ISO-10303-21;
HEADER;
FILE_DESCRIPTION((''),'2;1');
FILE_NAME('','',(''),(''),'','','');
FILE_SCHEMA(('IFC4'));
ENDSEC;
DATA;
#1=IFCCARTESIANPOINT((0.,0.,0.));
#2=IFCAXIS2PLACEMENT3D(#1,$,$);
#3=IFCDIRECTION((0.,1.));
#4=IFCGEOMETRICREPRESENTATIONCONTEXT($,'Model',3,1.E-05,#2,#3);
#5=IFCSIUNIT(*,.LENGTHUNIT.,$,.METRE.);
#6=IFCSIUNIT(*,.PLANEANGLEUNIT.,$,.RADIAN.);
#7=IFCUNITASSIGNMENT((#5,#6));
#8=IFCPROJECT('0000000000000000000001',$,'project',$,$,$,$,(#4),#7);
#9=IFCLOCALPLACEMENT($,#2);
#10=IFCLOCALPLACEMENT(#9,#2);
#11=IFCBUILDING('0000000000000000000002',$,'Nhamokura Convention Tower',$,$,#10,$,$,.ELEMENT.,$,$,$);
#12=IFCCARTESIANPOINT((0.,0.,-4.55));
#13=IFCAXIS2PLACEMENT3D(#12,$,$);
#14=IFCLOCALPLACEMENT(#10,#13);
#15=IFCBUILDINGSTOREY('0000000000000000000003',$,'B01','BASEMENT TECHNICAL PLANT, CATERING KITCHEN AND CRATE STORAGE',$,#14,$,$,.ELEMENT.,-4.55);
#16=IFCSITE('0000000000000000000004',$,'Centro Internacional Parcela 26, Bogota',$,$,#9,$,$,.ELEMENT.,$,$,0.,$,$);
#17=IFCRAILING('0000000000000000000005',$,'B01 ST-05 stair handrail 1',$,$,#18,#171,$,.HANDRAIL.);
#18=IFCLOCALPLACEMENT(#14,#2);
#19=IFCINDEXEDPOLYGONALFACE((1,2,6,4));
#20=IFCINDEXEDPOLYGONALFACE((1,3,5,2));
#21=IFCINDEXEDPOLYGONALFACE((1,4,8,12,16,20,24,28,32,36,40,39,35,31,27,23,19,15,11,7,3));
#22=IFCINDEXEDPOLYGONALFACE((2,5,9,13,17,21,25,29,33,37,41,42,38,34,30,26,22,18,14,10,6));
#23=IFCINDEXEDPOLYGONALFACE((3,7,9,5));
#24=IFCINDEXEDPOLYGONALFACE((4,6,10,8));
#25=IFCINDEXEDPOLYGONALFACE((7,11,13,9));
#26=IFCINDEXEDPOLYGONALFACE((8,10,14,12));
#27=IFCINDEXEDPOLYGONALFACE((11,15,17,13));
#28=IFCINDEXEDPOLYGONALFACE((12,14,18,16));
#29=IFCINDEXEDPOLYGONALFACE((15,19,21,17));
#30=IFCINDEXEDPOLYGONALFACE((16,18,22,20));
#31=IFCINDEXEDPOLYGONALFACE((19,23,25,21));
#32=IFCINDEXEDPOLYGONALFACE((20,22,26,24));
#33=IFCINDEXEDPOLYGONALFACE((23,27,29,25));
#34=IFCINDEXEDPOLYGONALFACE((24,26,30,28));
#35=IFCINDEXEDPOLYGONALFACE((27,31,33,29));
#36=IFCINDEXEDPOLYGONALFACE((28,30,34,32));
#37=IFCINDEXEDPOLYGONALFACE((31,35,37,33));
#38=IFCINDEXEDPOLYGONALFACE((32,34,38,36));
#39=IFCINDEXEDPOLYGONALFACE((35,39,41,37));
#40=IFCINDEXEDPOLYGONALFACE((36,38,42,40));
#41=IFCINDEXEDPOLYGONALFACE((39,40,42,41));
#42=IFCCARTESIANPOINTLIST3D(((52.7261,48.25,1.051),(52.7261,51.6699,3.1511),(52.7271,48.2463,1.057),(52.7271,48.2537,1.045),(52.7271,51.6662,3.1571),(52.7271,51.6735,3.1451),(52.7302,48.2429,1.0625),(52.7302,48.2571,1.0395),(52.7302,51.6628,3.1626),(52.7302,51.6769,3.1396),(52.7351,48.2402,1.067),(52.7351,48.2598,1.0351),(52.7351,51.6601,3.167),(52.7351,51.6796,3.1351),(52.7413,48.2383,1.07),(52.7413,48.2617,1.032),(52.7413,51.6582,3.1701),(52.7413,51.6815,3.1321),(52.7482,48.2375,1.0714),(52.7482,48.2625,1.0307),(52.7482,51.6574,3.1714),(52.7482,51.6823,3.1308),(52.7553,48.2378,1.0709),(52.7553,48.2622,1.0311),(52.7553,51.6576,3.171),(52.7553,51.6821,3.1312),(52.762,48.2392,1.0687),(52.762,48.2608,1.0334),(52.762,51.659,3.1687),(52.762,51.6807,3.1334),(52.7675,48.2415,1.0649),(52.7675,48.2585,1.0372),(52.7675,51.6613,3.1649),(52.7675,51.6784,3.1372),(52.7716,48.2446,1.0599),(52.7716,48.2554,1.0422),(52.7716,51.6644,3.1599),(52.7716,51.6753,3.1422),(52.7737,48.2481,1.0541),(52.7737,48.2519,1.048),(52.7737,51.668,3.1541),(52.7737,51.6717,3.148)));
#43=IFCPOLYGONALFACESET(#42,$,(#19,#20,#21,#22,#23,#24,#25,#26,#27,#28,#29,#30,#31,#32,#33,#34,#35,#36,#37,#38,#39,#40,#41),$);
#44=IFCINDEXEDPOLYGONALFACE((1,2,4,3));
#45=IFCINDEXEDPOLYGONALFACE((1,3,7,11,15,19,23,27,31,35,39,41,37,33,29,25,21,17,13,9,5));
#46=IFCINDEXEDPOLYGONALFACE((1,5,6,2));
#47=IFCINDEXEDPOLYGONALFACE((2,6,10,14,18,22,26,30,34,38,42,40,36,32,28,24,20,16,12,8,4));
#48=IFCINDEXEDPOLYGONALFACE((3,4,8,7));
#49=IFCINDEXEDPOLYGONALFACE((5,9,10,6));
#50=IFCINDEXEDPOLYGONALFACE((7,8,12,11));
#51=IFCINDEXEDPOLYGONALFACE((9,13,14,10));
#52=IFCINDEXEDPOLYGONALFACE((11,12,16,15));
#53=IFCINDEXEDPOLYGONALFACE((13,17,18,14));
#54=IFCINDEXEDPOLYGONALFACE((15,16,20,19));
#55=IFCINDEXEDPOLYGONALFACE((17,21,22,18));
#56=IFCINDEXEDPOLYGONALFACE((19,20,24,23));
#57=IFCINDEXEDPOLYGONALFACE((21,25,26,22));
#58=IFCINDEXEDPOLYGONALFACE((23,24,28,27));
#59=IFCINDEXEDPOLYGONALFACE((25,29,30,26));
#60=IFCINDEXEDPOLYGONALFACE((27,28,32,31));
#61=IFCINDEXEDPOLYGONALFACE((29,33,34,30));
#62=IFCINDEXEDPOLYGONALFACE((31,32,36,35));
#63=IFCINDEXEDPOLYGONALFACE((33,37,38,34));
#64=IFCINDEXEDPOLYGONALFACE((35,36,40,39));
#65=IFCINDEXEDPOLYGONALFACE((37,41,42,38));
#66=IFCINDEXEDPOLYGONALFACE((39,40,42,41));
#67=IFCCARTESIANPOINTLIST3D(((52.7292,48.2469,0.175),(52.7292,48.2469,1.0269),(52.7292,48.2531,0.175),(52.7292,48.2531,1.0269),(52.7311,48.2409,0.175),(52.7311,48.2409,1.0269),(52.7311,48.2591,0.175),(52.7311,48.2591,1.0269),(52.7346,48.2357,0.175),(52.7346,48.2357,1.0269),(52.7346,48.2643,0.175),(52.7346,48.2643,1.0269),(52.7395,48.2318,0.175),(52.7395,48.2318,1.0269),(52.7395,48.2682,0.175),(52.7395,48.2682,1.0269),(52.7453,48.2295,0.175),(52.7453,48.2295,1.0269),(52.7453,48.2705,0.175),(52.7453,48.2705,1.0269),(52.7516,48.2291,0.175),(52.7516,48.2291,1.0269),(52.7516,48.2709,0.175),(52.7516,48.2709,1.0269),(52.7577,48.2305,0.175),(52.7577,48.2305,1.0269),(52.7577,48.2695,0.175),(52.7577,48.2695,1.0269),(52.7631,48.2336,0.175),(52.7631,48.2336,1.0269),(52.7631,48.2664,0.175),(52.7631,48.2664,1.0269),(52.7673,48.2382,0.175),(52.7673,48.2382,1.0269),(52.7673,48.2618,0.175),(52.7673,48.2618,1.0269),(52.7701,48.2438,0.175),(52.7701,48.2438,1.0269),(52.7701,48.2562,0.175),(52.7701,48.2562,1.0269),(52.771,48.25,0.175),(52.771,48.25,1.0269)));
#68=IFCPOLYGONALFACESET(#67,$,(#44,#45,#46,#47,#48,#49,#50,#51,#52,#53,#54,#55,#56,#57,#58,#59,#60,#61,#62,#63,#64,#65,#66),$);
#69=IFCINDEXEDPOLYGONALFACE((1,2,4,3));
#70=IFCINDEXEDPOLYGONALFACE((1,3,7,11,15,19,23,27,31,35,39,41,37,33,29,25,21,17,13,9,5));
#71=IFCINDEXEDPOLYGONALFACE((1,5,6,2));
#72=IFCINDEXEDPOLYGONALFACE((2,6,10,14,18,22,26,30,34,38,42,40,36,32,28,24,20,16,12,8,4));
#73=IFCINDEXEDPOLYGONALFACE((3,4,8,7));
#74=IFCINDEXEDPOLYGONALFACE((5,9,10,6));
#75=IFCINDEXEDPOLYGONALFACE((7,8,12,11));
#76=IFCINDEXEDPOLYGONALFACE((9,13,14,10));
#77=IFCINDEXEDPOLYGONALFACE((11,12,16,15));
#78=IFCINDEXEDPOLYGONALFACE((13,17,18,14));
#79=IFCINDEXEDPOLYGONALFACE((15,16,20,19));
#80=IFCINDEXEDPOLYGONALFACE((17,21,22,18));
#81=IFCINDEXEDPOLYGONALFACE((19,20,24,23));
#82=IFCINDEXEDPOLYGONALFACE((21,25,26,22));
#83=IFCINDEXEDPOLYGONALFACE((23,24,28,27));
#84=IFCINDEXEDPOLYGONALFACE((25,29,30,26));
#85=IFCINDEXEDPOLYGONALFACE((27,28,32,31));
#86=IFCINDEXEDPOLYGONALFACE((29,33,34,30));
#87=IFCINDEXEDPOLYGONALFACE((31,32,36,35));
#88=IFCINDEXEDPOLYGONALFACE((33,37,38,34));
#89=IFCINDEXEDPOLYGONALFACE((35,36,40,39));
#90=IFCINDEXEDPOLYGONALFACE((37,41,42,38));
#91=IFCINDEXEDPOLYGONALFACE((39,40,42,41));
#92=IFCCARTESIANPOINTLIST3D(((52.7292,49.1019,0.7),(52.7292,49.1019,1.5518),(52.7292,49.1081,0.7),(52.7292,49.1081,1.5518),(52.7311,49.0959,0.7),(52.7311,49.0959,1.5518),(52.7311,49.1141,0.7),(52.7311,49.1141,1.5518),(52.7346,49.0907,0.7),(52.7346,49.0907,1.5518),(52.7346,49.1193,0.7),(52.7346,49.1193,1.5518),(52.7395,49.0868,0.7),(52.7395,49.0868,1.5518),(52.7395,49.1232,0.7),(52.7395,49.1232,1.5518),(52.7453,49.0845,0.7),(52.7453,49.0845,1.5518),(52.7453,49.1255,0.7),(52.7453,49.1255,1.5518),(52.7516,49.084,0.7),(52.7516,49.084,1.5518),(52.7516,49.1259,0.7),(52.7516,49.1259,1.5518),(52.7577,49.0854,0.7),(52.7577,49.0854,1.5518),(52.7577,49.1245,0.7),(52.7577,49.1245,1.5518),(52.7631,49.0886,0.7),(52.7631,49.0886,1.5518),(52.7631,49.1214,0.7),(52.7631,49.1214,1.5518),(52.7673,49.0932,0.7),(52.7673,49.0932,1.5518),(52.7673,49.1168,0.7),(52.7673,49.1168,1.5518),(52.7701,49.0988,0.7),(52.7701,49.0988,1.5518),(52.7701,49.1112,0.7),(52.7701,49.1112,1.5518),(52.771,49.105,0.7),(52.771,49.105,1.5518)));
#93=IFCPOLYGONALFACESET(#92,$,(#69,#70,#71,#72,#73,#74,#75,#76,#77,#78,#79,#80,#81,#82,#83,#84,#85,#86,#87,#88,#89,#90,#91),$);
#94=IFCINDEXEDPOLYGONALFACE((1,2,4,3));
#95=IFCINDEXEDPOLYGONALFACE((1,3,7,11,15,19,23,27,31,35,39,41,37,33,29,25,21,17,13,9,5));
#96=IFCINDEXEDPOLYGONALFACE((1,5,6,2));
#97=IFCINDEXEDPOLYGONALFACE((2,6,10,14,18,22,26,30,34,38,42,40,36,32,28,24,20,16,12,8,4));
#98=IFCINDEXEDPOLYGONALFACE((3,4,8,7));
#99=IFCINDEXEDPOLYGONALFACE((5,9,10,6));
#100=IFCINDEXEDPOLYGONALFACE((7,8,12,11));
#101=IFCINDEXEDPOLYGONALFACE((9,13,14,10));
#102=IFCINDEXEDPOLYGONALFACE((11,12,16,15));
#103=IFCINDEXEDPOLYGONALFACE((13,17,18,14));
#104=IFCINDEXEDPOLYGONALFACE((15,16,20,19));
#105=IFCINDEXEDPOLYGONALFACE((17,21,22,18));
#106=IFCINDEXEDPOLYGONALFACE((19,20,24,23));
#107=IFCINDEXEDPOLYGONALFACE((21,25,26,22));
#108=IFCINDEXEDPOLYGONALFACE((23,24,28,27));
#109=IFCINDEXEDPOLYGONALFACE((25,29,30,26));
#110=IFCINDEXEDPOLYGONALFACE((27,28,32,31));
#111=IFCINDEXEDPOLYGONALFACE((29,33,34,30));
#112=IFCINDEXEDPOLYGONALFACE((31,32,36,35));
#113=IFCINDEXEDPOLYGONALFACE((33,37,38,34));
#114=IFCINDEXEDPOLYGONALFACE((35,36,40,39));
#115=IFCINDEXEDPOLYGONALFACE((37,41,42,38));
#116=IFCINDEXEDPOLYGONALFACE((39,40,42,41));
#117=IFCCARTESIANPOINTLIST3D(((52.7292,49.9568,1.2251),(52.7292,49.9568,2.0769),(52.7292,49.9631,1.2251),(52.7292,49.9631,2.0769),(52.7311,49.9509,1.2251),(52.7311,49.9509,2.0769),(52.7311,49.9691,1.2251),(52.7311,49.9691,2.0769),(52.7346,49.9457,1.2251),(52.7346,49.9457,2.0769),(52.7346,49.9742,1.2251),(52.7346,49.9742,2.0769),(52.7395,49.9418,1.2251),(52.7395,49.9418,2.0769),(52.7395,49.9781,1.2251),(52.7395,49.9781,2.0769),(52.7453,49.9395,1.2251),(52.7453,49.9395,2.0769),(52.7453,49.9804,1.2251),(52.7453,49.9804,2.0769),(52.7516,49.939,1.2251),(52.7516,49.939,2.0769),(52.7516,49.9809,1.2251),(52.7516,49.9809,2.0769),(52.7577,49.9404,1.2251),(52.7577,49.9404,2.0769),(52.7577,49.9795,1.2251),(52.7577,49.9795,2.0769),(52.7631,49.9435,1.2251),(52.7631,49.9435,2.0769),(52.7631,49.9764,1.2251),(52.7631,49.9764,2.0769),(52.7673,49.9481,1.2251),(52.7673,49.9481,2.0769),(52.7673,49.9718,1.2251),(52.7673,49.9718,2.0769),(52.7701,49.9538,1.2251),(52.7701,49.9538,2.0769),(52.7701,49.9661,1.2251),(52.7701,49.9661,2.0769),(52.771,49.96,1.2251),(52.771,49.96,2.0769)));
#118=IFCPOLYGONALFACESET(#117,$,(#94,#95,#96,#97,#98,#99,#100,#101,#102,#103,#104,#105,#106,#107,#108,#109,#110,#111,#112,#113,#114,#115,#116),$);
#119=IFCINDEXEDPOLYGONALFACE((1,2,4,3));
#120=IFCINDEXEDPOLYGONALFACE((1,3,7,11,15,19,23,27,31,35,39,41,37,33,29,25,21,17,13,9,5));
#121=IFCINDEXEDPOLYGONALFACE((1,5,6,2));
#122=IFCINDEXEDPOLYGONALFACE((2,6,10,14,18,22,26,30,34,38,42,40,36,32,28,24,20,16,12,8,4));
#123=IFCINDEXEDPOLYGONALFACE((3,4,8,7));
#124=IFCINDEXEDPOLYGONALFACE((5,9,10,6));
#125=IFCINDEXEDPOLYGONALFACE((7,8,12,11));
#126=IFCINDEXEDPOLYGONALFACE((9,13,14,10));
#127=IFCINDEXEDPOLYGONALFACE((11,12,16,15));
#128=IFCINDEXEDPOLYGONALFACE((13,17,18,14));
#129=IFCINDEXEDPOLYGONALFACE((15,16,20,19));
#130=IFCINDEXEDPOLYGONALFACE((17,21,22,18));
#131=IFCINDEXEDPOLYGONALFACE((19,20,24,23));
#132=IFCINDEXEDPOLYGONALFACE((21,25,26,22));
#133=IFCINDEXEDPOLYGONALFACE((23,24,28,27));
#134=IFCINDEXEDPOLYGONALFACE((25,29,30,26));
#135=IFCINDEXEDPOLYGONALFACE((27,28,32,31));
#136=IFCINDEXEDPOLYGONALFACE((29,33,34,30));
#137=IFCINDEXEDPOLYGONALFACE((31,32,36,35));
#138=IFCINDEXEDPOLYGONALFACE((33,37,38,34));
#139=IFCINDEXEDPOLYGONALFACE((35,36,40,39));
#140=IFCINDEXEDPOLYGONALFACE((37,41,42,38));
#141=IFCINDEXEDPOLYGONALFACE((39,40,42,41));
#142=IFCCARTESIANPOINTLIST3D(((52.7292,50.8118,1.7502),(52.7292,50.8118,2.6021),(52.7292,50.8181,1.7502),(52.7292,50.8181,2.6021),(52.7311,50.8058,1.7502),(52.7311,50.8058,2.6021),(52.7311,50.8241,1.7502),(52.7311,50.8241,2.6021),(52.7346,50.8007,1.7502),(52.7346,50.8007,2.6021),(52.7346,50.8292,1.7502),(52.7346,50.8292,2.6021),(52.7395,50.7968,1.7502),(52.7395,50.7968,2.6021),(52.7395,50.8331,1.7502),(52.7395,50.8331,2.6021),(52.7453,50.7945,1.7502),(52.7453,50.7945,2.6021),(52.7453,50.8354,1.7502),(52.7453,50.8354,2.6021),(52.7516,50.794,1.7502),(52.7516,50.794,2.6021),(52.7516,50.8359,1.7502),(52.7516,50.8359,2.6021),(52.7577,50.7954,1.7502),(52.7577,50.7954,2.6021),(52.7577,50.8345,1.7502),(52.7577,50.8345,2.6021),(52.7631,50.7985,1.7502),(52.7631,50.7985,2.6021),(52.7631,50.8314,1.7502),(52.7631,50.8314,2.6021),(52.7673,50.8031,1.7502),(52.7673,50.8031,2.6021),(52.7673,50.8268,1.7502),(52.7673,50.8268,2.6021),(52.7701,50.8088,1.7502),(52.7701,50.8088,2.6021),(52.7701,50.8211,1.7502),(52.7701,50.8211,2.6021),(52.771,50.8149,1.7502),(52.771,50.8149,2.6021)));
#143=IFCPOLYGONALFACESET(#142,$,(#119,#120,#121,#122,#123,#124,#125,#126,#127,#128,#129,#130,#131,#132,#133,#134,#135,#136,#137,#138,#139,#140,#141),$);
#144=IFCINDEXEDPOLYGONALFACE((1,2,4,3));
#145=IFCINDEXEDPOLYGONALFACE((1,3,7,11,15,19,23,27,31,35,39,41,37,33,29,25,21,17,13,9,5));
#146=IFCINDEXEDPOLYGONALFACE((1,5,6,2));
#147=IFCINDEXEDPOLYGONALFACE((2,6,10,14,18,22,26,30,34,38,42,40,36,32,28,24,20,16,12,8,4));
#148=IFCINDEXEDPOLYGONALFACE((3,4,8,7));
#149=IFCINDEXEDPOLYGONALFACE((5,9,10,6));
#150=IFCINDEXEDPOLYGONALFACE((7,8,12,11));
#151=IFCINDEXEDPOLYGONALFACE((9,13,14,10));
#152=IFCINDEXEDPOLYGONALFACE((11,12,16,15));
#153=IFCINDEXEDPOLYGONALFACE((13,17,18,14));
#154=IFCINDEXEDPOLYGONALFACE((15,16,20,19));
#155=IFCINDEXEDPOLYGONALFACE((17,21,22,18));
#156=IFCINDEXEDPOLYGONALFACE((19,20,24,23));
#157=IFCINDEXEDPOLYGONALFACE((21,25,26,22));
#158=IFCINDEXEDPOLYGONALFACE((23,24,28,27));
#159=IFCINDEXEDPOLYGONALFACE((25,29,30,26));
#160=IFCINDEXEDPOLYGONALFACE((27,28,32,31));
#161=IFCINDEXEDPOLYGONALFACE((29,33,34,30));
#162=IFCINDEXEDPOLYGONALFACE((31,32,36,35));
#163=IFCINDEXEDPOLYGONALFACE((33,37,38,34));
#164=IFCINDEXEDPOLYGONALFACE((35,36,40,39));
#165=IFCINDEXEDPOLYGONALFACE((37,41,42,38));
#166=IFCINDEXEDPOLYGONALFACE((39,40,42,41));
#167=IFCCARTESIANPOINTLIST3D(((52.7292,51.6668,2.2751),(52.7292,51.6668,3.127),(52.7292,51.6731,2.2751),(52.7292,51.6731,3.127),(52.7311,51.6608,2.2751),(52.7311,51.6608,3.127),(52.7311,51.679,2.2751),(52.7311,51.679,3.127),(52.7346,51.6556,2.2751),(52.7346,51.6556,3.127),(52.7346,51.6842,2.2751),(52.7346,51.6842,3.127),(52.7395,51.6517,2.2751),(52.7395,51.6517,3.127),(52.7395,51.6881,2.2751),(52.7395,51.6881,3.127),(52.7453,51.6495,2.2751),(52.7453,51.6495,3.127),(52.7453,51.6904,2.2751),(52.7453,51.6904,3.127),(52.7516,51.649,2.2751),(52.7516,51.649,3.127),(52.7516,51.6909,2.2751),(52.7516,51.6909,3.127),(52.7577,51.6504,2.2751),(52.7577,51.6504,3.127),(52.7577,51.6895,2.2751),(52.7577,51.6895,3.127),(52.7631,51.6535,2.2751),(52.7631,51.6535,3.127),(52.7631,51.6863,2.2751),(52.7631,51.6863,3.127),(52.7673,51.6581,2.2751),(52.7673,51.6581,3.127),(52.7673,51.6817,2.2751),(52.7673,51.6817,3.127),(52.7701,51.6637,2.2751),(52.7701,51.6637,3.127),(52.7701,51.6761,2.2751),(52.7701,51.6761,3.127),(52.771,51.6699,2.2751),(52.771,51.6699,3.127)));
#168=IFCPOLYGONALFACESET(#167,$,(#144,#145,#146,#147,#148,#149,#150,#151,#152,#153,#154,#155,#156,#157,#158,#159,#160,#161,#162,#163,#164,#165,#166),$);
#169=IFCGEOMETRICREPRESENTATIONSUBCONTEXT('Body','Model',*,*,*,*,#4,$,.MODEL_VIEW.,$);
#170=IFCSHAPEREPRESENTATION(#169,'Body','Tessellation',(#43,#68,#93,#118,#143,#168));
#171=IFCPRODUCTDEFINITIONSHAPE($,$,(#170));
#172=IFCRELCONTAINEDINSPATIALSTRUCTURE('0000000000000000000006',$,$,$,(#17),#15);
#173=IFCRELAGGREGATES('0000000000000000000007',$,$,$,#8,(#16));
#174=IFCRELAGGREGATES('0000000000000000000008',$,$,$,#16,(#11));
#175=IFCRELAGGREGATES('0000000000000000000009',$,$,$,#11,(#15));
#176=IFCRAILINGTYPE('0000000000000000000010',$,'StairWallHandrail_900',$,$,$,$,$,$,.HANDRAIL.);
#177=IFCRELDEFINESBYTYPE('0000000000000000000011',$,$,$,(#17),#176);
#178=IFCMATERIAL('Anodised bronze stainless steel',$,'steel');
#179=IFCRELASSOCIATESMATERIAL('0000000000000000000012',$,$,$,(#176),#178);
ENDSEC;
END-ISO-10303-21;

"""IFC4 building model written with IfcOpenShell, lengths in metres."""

from ifc_helpers import new_model, si_unit, direction, frame, origin, origin_2d, place, context, subcontext, project, spatial, circle, extrude, material, type_object, element, save


model = new_model("IFC4")

# Units and contexts
model_context = context("Model", 3, precision=1e-05, world=origin(), true_north=direction((0.0, 1.0)))
body_context = subcontext(model_context, "Body", "Model", "MODEL_VIEW")
ifc_project = project(units=[si_unit("LENGTHUNIT", "METRE"), si_unit("PLANEANGLEUNIT", "RADIAN")], contexts=[model_context])

# Site, building, storey
site_placement = place(None, origin())
site = spatial("IfcSite", under=ifc_project, at=site_placement, Name="Centro Internacional Parcela 26, Bogota", CompositionType="ELEMENT", RefElevation=0.0)
building_placement = place(site_placement, origin())
building = spatial("IfcBuilding", under=site, at=building_placement, Name="Nhamokura Convention Tower", CompositionType="ELEMENT")
storey_placement = place(building_placement, frame((0.0, 0.0, -4.55)))
storey = spatial("IfcBuildingStorey", under=building, at=storey_placement, Name="B01", Description="BASEMENT TECHNICAL PLANT, CATERING KITCHEN AND CRATE STORAGE", CompositionType="ELEMENT", Elevation=-4.55)

# Railing
ifc_material_1 = material(Name="Anodised bronze stainless steel", Category="steel")
railing_type_1 = type_object("IfcRailingType", Name="StairWallHandrail_900", PredefinedType="HANDRAIL", material=ifc_material_1)
railing_1_placement = place(storey_placement, frame((52.75, 48.25, 0.175)))
element("IfcRailing", 1, at=railing_1_placement, inside=storey, type_object=railing_type_1, Name="B01 ST-05 stair handrail 1", PredefinedType="HANDRAIL", context=body_context, shape_type="SweptSolid", body=[
    extrude(circle(Radius=0.0239, at=origin_2d()), frame((0.0, 0.0, 0.876), z_axis=(0.0, 0.852155, 0.523289), x_axis=(-1.0, 0.0, 0.0)), (0.0, 0.0, 1.0), 4.0132),
    extrude(circle(Radius=0.021, at=origin_2d()), origin(), (0.0, 0.0, 1.0), 0.8518),
    extrude(circle(Radius=0.021, at=origin_2d()), frame((0.0, 0.855, 0.5249)), (0.0, 0.0, 1.0), 0.8518),
    extrude(circle(Radius=0.021, at=origin_2d()), frame((0.0, 1.71, 1.05)), (0.0, 0.0, 1.0), 0.8518),
    extrude(circle(Radius=0.021, at=origin_2d()), frame((0.0, 2.5649, 1.5752)), (0.0, 0.0, 1.0), 0.8518),
    extrude(circle(Radius=0.021, at=origin_2d()), frame((0.0, 3.4199, 2.1001)), (0.0, 0.0, 1.0), 0.8518),
])

save(model, "model.ifc")
